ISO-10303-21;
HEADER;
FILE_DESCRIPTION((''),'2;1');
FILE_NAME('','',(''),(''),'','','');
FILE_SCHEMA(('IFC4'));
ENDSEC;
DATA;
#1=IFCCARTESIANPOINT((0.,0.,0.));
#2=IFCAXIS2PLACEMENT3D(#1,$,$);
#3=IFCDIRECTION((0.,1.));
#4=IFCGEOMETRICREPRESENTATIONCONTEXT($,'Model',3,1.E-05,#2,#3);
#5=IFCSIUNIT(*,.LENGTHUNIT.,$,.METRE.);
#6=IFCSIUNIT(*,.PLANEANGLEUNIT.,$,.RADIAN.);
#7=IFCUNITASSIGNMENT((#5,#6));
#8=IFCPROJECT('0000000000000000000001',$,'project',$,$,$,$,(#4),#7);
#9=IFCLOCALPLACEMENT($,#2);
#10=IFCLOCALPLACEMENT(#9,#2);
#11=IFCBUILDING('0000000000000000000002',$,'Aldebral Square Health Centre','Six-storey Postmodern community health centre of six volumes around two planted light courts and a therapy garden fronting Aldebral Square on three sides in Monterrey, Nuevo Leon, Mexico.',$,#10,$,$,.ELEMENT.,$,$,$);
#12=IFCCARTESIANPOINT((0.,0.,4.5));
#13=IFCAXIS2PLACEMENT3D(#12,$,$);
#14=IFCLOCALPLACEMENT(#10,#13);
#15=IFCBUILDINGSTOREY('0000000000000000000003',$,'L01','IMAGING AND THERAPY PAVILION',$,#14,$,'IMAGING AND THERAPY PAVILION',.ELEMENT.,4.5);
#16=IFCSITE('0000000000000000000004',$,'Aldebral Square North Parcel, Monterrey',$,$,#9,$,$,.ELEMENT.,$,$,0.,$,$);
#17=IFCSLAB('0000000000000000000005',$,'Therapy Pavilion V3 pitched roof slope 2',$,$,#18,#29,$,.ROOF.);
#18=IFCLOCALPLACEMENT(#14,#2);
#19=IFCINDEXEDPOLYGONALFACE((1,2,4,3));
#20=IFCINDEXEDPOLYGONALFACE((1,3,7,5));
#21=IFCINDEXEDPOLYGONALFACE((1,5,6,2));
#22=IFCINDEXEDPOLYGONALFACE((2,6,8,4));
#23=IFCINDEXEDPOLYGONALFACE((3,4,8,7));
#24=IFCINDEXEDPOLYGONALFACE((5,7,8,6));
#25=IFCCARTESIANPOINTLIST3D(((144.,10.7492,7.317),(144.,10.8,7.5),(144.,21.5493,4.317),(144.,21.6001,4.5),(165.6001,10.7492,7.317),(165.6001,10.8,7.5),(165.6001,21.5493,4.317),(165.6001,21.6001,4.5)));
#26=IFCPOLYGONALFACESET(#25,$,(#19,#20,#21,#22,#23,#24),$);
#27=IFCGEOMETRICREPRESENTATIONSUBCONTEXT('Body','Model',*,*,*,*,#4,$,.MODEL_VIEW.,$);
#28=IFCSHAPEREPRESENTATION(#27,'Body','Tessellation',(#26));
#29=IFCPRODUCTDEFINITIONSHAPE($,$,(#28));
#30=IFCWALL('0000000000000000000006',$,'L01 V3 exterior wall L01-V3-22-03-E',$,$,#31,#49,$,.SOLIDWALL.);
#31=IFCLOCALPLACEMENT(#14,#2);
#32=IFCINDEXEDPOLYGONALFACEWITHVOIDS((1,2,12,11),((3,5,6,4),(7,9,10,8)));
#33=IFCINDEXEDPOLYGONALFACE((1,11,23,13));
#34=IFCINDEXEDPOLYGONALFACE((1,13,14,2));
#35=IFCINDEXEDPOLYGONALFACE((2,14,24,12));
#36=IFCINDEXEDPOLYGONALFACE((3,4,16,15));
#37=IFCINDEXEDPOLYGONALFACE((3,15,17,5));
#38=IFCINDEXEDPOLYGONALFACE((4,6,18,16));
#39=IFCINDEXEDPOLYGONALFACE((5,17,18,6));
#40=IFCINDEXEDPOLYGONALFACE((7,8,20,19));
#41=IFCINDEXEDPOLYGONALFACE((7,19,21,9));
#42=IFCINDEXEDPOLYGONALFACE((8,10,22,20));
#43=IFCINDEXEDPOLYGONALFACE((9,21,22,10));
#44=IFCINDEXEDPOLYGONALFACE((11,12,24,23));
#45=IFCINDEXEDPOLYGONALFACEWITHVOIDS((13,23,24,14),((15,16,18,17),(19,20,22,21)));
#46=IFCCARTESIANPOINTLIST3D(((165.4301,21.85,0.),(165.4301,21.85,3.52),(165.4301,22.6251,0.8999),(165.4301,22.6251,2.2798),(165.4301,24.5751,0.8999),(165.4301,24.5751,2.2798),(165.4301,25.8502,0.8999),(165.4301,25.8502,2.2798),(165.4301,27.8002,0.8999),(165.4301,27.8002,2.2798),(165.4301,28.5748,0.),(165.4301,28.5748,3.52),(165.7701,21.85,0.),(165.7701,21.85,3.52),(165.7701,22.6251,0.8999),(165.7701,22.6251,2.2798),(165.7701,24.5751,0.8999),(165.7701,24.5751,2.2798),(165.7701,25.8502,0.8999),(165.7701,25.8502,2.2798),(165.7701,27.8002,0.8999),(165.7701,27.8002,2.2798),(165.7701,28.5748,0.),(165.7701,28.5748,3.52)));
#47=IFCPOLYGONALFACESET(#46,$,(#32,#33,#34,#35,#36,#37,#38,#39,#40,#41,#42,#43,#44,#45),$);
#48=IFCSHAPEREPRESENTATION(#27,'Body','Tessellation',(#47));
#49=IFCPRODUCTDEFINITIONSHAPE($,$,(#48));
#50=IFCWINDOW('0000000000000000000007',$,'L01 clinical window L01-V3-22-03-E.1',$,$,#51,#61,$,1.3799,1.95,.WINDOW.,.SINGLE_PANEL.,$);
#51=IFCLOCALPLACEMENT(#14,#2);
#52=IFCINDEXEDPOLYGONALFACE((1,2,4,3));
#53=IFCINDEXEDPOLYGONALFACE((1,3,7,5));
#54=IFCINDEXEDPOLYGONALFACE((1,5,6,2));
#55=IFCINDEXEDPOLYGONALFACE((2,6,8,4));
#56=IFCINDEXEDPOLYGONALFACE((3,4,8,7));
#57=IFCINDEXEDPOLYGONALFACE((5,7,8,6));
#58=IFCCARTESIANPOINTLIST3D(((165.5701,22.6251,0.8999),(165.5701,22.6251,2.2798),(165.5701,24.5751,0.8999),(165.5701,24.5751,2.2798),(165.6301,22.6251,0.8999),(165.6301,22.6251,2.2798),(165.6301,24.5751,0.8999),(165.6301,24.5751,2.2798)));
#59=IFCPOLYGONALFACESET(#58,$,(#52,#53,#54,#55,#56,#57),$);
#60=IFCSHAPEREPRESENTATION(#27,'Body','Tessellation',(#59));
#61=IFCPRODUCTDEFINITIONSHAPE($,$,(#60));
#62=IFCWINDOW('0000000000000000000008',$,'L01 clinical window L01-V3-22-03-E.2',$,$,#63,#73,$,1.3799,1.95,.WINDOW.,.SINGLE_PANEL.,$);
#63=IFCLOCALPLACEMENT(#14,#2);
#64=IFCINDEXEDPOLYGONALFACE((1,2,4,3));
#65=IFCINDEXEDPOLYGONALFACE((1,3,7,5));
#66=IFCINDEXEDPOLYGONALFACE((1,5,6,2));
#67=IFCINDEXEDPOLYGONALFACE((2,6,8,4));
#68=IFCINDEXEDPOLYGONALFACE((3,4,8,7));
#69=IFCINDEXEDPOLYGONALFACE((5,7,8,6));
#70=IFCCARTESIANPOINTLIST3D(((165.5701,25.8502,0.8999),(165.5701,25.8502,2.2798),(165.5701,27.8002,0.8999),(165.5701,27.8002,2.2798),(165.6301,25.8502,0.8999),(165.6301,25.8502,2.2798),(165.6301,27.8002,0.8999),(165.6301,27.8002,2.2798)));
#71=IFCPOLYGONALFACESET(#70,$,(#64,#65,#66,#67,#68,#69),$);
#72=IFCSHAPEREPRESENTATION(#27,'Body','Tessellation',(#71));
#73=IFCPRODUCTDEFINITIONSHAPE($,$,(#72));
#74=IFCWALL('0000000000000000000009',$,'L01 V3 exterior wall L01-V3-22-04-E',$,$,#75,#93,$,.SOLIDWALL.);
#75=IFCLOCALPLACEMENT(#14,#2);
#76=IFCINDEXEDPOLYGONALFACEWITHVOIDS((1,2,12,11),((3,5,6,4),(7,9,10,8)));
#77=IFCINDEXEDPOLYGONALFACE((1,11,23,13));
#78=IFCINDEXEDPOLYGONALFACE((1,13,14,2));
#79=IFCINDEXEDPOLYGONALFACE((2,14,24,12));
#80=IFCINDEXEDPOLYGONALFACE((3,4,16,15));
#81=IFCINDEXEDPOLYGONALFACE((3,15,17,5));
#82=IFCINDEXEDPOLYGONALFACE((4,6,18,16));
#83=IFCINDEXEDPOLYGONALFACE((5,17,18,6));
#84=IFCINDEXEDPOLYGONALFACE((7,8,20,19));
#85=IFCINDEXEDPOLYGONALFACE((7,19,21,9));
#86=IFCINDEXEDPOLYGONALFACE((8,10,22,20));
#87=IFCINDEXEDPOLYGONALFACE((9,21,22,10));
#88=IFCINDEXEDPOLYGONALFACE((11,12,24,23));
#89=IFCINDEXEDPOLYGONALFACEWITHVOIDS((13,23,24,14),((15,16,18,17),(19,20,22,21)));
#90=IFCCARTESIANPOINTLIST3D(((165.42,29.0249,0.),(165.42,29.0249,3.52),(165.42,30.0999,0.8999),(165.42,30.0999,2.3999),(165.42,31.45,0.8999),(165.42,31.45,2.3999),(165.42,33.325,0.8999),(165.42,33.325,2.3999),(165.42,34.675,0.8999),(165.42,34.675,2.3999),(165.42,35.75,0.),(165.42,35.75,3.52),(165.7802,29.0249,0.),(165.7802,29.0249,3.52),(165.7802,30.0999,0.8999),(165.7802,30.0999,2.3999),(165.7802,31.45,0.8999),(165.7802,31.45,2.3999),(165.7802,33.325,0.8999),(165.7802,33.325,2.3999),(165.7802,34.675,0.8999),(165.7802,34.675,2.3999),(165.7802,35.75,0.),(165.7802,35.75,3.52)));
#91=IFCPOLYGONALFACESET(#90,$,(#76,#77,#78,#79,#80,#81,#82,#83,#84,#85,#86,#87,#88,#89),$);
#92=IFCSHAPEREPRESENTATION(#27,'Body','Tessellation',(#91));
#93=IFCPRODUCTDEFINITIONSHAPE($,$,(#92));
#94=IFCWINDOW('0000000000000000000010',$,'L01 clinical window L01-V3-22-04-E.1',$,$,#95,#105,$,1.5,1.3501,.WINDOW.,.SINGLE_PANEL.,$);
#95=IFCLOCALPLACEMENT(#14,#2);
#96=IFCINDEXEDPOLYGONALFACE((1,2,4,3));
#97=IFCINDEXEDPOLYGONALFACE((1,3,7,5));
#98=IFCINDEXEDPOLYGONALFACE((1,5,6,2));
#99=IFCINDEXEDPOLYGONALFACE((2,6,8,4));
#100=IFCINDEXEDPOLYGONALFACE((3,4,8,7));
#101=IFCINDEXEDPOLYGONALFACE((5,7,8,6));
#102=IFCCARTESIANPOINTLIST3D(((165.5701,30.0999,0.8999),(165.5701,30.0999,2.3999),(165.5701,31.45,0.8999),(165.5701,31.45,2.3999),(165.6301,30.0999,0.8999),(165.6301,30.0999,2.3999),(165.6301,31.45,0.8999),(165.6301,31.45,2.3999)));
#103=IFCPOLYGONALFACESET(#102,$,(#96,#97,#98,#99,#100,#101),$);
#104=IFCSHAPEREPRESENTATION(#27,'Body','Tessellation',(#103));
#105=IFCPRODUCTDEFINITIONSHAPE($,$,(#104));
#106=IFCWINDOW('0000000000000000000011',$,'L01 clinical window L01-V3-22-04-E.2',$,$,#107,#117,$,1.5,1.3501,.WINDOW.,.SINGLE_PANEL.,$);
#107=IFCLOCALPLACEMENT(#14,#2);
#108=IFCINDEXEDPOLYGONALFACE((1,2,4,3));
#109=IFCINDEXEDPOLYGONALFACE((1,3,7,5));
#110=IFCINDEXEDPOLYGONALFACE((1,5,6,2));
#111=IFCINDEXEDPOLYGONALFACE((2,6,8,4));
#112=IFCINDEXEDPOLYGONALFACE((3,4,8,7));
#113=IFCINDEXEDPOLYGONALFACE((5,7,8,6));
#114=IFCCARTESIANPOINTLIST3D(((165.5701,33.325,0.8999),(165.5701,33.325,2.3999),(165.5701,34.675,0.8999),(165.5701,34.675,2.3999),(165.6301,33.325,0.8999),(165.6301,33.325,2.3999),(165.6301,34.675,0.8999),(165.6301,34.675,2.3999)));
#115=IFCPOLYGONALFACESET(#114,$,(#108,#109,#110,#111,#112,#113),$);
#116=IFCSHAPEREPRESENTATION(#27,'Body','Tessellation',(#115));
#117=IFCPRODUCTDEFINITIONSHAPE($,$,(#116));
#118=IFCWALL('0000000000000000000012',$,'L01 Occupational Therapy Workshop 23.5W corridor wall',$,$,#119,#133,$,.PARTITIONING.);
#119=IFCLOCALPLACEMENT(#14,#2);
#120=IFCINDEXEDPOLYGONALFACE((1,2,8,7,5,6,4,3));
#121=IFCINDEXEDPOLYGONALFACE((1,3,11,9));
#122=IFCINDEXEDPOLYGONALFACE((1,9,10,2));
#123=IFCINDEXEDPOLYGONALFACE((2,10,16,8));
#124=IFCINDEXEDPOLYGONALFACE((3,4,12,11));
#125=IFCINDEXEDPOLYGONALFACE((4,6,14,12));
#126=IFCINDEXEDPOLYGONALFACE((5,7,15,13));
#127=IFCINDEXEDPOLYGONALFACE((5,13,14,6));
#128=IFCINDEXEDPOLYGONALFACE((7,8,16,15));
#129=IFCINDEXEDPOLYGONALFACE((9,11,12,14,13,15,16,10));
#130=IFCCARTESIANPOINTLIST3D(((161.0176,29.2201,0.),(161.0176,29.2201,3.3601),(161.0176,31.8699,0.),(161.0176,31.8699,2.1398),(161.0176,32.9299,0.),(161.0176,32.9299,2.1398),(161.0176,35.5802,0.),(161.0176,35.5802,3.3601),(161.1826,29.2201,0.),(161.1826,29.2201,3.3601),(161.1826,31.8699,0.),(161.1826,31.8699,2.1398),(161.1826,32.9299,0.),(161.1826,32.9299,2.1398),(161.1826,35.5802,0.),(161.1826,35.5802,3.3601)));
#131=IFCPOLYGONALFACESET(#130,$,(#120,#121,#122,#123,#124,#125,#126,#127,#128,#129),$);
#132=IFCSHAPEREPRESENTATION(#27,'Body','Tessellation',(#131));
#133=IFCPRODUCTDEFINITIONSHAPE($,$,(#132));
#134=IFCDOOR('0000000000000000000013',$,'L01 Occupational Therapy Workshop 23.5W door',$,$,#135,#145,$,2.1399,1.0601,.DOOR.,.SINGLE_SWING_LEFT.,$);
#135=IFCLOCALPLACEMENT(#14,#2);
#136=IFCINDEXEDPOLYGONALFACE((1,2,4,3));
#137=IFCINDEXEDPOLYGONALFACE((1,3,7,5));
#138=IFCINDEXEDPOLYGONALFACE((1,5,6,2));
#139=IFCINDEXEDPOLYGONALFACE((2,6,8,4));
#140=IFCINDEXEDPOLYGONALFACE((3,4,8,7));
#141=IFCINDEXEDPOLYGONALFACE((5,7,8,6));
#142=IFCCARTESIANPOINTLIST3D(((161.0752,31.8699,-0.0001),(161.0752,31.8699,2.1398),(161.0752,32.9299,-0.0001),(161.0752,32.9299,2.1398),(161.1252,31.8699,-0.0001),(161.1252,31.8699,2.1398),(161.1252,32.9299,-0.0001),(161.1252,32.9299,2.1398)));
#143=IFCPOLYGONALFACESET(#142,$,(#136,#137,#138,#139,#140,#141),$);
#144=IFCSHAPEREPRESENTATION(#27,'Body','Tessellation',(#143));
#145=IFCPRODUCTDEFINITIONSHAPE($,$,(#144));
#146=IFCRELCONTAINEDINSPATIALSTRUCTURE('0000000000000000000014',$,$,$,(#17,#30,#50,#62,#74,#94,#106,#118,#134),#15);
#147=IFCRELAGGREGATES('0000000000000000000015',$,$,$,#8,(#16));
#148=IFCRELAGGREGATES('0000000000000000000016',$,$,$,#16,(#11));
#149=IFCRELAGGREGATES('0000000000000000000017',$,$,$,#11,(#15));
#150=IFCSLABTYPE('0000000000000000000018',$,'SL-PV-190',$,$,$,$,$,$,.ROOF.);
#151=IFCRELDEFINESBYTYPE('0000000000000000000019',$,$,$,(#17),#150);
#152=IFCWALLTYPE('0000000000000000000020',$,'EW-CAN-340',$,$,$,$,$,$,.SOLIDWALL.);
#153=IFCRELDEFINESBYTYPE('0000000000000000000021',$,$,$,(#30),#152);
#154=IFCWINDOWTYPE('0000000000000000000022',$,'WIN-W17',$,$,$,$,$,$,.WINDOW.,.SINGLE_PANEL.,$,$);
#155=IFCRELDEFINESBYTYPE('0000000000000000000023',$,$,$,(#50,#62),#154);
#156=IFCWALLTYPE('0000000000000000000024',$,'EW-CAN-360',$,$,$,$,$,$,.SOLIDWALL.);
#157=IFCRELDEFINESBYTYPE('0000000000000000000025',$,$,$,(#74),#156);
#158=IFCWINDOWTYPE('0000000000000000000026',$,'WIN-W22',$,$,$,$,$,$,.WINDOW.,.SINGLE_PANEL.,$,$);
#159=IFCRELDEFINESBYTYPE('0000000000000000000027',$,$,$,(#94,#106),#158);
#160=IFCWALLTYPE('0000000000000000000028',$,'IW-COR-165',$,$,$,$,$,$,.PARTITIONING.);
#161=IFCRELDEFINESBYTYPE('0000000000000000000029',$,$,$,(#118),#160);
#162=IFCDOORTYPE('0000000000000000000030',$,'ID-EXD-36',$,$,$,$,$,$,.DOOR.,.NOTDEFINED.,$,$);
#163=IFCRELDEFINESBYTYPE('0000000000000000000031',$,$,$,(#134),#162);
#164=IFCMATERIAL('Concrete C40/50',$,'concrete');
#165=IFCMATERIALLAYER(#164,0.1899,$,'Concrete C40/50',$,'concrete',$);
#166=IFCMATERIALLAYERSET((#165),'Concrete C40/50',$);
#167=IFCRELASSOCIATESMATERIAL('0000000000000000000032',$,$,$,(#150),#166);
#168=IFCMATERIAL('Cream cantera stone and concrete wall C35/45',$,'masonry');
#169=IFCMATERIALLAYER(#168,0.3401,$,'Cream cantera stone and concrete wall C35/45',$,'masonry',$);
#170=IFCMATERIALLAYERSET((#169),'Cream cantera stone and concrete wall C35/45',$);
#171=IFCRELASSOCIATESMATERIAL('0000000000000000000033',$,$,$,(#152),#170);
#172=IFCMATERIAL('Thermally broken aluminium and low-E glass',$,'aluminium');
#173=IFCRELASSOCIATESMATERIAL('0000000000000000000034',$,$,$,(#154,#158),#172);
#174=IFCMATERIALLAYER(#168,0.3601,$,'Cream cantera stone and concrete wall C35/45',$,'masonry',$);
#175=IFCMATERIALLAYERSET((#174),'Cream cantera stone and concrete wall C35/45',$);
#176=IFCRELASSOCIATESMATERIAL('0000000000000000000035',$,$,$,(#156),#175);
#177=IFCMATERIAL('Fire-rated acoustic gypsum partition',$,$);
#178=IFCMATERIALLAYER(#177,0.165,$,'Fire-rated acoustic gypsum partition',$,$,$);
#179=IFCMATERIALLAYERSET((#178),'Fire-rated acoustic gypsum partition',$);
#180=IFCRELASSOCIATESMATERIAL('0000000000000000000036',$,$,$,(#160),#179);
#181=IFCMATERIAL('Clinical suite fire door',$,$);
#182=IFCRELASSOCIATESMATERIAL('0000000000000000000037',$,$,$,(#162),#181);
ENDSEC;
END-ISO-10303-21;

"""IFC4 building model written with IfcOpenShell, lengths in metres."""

from ifc_helpers import new_model, si_unit, direction, frame, frame_2d, origin, place, context, subcontext, project, spatial, polyline, rectangle, outline, extrude, material, layer, layer_set, type_object, element, fill, save


model = new_model("IFC4")

# Units and contexts
model_context = context("Model", 3, precision=1e-05, world=origin(), true_north=direction((0.0, 1.0)))
body_context = subcontext(model_context, "Body", "Model", "MODEL_VIEW")
ifc_project = project(units=[si_unit("LENGTHUNIT", "METRE"), si_unit("PLANEANGLEUNIT", "RADIAN")], contexts=[model_context])

# Site, building, storey
site_placement = place(None, origin())
site = spatial("IfcSite", under=ifc_project, at=site_placement, Name="Aldebral Square North Parcel, Monterrey", CompositionType="ELEMENT", RefElevation=0.0)
building_placement = place(site_placement, origin())
building = spatial("IfcBuilding", under=site, at=building_placement, Name="Aldebral Square Health Centre", Description="Six-storey Postmodern community health centre of six volumes around two planted light courts and a therapy garden fronting Aldebral Square on three sides in Monterrey, Nuevo Leon, Mexico.", CompositionType="ELEMENT")
storey_placement = place(building_placement, frame((0.0, 0.0, 4.5)))
storey = spatial("IfcBuildingStorey", under=building, at=storey_placement, Name="L01", Description="IMAGING AND THERAPY PAVILION", LongName="IMAGING AND THERAPY PAVILION", CompositionType="ELEMENT", Elevation=4.5)

# Shared definitions
ifc_material_1 = material(Name="Concrete C40/50", Category="concrete")

# Slab
ifc_layer_1 = layer(ifc_material_1, 0.1899, Name="Concrete C40/50", Category="concrete")
ifc_layer_set_1 = layer_set([ifc_layer_1], Name="Concrete C40/50")
slab_type = type_object("IfcSlabType", Name="SL-PV-190", PredefinedType="ROOF", material=ifc_layer_set_1)
slab_placement = place(storey_placement, frame((165.6001, 21.6001, 4.5), z_axis=(0.0, 0.267643, 0.963518), x_axis=(-1.0, 0.0, 0.0)))
element("IfcSlab", 1, at=slab_placement, inside=storey, type_object=slab_type, Name="Therapy Pavilion V3 pitched roof slope 2", PredefinedType="ROOF", context=body_context, shape_type="SweptSolid", body=[
    extrude(outline(polyline([(0.0, 0.0), (21.6001, 0.0), (21.6001, 11.209), (0.0, 11.209), (0.0, 0.0)])), origin(), (0.0, 0.0, -1.0), 0.1899),
])

# Walls, openings, windows
ifc_material_2 = material(Name="Cream cantera stone and concrete wall C35/45", Category="masonry")
ifc_layer_2 = layer(ifc_material_2, 0.3401, Name="Cream cantera stone and concrete wall C35/45", Category="masonry")
ifc_layer_set_2 = layer_set([ifc_layer_2], Name="Cream cantera stone and concrete wall C35/45")
wall_type_1 = type_object("IfcWallType", Name="EW-CAN-340", PredefinedType="SOLIDWALL", material=ifc_layer_set_2)
wall_1_placement = place(storey_placement, frame((165.6001, 21.8501, 0.0), z_axis=(0.0, 0.0, 1.0), x_axis=(0.0, 1.0, 0.0)))
wall_1 = element("IfcWall", 2, at=wall_1_placement, inside=storey, type_object=wall_type_1, Name="L01 V3 exterior wall L01-V3-22-03-E", PredefinedType="SOLIDWALL", context=body_context, shape_type="SweptSolid", body=[
    extrude(rectangle(XDim=6.7249, YDim=0.3401, at=frame_2d((3.3623, 0.0))), origin(), (0.0, 0.0, 1.0), 3.52),
])
opening_1_placement = place(wall_1_placement, frame((0.7749, 0.0, 0.8999)))
opening_1 = element("IfcOpeningElement", 3, at=opening_1_placement, cuts=wall_1, PredefinedType="OPENING", context=body_context, shape_type="SweptSolid", body=[
    extrude(rectangle(XDim=1.95, YDim=1.3799, at=frame_2d((0.9751, 0.6899))), frame((0.0, 0.1802, 0.0), z_axis=(0.0, -1.0, 0.0), x_axis=(1.0, 0.0, 0.0)), (0.0, 0.0, 1.0), 0.3601),
])
opening_2_placement = place(wall_1_placement, frame((4.0, 0.0, 0.8999)))
opening_2 = element("IfcOpeningElement", 4, at=opening_2_placement, cuts=wall_1, PredefinedType="OPENING", context=body_context, shape_type="SweptSolid", body=[
    extrude(rectangle(XDim=1.95, YDim=1.3799, at=frame_2d((0.9751, 0.6899))), frame((0.0, 0.1802, 0.0), z_axis=(0.0, -1.0, 0.0), x_axis=(1.0, 0.0, 0.0)), (0.0, 0.0, 1.0), 0.3601),
])
ifc_material_3 = material(Name="Thermally broken aluminium and low-E glass", Category="aluminium")
window_type_1 = type_object("IfcWindowType", Name="WIN-W17", PartitioningType="SINGLE_PANEL", PredefinedType="WINDOW", material=ifc_material_3)
window_1_placement = place(opening_1_placement, origin())
window_1 = element("IfcWindow", 5, at=window_1_placement, inside=storey, type_object=window_type_1, Name="L01 clinical window L01-V3-22-03-E.1", OverallHeight=1.3799, OverallWidth=1.95, PartitioningType="SINGLE_PANEL", PredefinedType="WINDOW", context=body_context, shape_type="SweptSolid", body=[
    extrude(rectangle(XDim=1.95, YDim=1.3799, at=frame_2d((0.9751, 0.6899))), frame((0.0, 0.03, 0.0), z_axis=(0.0, -1.0, 0.0), x_axis=(1.0, 0.0, 0.0)), (0.0, 0.0, 1.0), 0.0601),
])
fill(opening_1, window_1)
window_2_placement = place(opening_2_placement, origin())
window_2 = element("IfcWindow", 6, at=window_2_placement, inside=storey, type_object=window_type_1, Name="L01 clinical window L01-V3-22-03-E.2", OverallHeight=1.3799, OverallWidth=1.95, PartitioningType="SINGLE_PANEL", PredefinedType="WINDOW", context=body_context, shape_type="SweptSolid", body=[
    extrude(rectangle(XDim=1.95, YDim=1.3799, at=frame_2d((0.9751, 0.6899))), frame((0.0, 0.03, 0.0), z_axis=(0.0, -1.0, 0.0), x_axis=(1.0, 0.0, 0.0)), (0.0, 0.0, 1.0), 0.0601),
])
fill(opening_2, window_2)
ifc_layer_3 = layer(ifc_material_2, 0.3601, Name="Cream cantera stone and concrete wall C35/45", Category="masonry")
ifc_layer_set_3 = layer_set([ifc_layer_3], Name="Cream cantera stone and concrete wall C35/45")
wall_type_2 = type_object("IfcWallType", Name="EW-CAN-360", PredefinedType="SOLIDWALL", material=ifc_layer_set_3)
wall_2_placement = place(storey_placement, frame((165.6001, 29.0249, 0.0), z_axis=(0.0, 0.0, 1.0), x_axis=(0.0, 1.0, 0.0)))
wall_2 = element("IfcWall", 7, at=wall_2_placement, inside=storey, type_object=wall_type_2, Name="L01 V3 exterior wall L01-V3-22-04-E", PredefinedType="SOLIDWALL", context=body_context, shape_type="SweptSolid", body=[
    extrude(rectangle(XDim=6.7251, YDim=0.3601, at=frame_2d((3.3625, 0.0))), origin(), (0.0, 0.0, 1.0), 3.52),
])
opening_3_placement = place(wall_2_placement, frame((1.075, 0.0, 0.8999)))
opening_3 = element("IfcOpeningElement", 8, at=opening_3_placement, cuts=wall_2, PredefinedType="OPENING", context=body_context, shape_type="SweptSolid", body=[
    extrude(rectangle(XDim=1.3501, YDim=1.5, at=frame_2d((0.675, 0.75))), frame((0.0, 0.1899, 0.0), z_axis=(0.0, -1.0, 0.0), x_axis=(1.0, 0.0, 0.0)), (0.0, 0.0, 1.0), 0.3801),
])
opening_4_placement = place(wall_2_placement, frame((4.3, 0.0, 0.8999)))
opening_4 = element("IfcOpeningElement", 9, at=opening_4_placement, cuts=wall_2, PredefinedType="OPENING", context=body_context, shape_type="SweptSolid", body=[
    extrude(rectangle(XDim=1.3501, YDim=1.5, at=frame_2d((0.675, 0.75))), frame((0.0, 0.1899, 0.0), z_axis=(0.0, -1.0, 0.0), x_axis=(1.0, 0.0, 0.0)), (0.0, 0.0, 1.0), 0.3801),
])
window_type_2 = type_object("IfcWindowType", Name="WIN-W22", PartitioningType="SINGLE_PANEL", PredefinedType="WINDOW", material=ifc_material_3)
window_3_placement = place(opening_3_placement, origin())
window_3 = element("IfcWindow", 10, at=window_3_placement, inside=storey, type_object=window_type_2, Name="L01 clinical window L01-V3-22-04-E.1", OverallHeight=1.5, OverallWidth=1.3501, PartitioningType="SINGLE_PANEL", PredefinedType="WINDOW", context=body_context, shape_type="SweptSolid", body=[
    extrude(rectangle(XDim=1.3501, YDim=1.5, at=frame_2d((0.675, 0.75))), frame((0.0, 0.03, 0.0), z_axis=(0.0, -1.0, 0.0), x_axis=(1.0, 0.0, 0.0)), (0.0, 0.0, 1.0), 0.0601),
])
fill(opening_3, window_3)
window_4_placement = place(opening_4_placement, origin())
window_4 = element("IfcWindow", 11, at=window_4_placement, inside=storey, type_object=window_type_2, Name="L01 clinical window L01-V3-22-04-E.2", OverallHeight=1.5, OverallWidth=1.3501, PartitioningType="SINGLE_PANEL", PredefinedType="WINDOW", context=body_context, shape_type="SweptSolid", body=[
    extrude(rectangle(XDim=1.3501, YDim=1.5, at=frame_2d((0.675, 0.75))), frame((0.0, 0.03, 0.0), z_axis=(0.0, -1.0, 0.0), x_axis=(1.0, 0.0, 0.0)), (0.0, 0.0, 1.0), 0.0601),
])
fill(opening_4, window_4)

# Wall, opening, door
ifc_material_4 = material(Name="Fire-rated acoustic gypsum partition")
ifc_layer_4 = layer(ifc_material_4, 0.165, Name="Fire-rated acoustic gypsum partition")
ifc_layer_set_4 = layer_set([ifc_layer_4], Name="Fire-rated acoustic gypsum partition")
wall_type_3 = type_object("IfcWallType", Name="IW-COR-165", PredefinedType="PARTITIONING", material=ifc_layer_set_4)
wall_3_placement = place(storey_placement, frame((161.1001, 29.22, 0.0), z_axis=(0.0, 0.0, 1.0), x_axis=(0.0, 1.0, 0.0)))
wall_3 = element("IfcWall", 12, at=wall_3_placement, inside=storey, type_object=wall_type_3, Name="L01 Occupational Therapy Workshop 23.5W corridor wall", PredefinedType="PARTITIONING", context=body_context, shape_type="SweptSolid", body=[
    extrude(rectangle(XDim=6.3601, YDim=0.165, at=frame_2d((3.1802, 0.0))), origin(), (0.0, 0.0, 1.0), 3.3601),
])
opening_5_placement = place(wall_3_placement, frame((2.6499, 0.0, 0.0)))
opening_5 = element("IfcOpeningElement", 13, at=opening_5_placement, cuts=wall_3, PredefinedType="OPENING", context=body_context, shape_type="SweptSolid", body=[
    extrude(rectangle(XDim=1.0601, YDim=2.1399, at=frame_2d((0.53, 1.0698))), frame((0.0, 0.0925, 0.0), z_axis=(0.0, -1.0, 0.0), x_axis=(1.0, 0.0, 0.0)), (0.0, 0.0, 1.0), 0.1851),
])
ifc_material_5 = material(Name="Clinical suite fire door")
door_type_1 = type_object("IfcDoorType", Name="ID-EXD-36", OperationType="NOTDEFINED", PredefinedType="DOOR", material=ifc_material_5)
door_1_placement = place(opening_5_placement, origin())
door_1 = element("IfcDoor", 14, at=door_1_placement, inside=storey, type_object=door_type_1, Name="L01 Occupational Therapy Workshop 23.5W door", OperationType="SINGLE_SWING_LEFT", OverallHeight=2.1399, OverallWidth=1.0601, PredefinedType="DOOR", context=body_context, shape_type="SweptSolid", body=[
    extrude(rectangle(XDim=1.0601, YDim=2.1399, at=frame_2d((0.53, 1.0698))), frame((0.0, 0.0249, 0.0), z_axis=(0.0, -1.0, 0.0), x_axis=(1.0, 0.0, 0.0)), (0.0, 0.0, 1.0), 0.05),
])
fill(opening_5, door_1)

save(model, "model.ifc")
